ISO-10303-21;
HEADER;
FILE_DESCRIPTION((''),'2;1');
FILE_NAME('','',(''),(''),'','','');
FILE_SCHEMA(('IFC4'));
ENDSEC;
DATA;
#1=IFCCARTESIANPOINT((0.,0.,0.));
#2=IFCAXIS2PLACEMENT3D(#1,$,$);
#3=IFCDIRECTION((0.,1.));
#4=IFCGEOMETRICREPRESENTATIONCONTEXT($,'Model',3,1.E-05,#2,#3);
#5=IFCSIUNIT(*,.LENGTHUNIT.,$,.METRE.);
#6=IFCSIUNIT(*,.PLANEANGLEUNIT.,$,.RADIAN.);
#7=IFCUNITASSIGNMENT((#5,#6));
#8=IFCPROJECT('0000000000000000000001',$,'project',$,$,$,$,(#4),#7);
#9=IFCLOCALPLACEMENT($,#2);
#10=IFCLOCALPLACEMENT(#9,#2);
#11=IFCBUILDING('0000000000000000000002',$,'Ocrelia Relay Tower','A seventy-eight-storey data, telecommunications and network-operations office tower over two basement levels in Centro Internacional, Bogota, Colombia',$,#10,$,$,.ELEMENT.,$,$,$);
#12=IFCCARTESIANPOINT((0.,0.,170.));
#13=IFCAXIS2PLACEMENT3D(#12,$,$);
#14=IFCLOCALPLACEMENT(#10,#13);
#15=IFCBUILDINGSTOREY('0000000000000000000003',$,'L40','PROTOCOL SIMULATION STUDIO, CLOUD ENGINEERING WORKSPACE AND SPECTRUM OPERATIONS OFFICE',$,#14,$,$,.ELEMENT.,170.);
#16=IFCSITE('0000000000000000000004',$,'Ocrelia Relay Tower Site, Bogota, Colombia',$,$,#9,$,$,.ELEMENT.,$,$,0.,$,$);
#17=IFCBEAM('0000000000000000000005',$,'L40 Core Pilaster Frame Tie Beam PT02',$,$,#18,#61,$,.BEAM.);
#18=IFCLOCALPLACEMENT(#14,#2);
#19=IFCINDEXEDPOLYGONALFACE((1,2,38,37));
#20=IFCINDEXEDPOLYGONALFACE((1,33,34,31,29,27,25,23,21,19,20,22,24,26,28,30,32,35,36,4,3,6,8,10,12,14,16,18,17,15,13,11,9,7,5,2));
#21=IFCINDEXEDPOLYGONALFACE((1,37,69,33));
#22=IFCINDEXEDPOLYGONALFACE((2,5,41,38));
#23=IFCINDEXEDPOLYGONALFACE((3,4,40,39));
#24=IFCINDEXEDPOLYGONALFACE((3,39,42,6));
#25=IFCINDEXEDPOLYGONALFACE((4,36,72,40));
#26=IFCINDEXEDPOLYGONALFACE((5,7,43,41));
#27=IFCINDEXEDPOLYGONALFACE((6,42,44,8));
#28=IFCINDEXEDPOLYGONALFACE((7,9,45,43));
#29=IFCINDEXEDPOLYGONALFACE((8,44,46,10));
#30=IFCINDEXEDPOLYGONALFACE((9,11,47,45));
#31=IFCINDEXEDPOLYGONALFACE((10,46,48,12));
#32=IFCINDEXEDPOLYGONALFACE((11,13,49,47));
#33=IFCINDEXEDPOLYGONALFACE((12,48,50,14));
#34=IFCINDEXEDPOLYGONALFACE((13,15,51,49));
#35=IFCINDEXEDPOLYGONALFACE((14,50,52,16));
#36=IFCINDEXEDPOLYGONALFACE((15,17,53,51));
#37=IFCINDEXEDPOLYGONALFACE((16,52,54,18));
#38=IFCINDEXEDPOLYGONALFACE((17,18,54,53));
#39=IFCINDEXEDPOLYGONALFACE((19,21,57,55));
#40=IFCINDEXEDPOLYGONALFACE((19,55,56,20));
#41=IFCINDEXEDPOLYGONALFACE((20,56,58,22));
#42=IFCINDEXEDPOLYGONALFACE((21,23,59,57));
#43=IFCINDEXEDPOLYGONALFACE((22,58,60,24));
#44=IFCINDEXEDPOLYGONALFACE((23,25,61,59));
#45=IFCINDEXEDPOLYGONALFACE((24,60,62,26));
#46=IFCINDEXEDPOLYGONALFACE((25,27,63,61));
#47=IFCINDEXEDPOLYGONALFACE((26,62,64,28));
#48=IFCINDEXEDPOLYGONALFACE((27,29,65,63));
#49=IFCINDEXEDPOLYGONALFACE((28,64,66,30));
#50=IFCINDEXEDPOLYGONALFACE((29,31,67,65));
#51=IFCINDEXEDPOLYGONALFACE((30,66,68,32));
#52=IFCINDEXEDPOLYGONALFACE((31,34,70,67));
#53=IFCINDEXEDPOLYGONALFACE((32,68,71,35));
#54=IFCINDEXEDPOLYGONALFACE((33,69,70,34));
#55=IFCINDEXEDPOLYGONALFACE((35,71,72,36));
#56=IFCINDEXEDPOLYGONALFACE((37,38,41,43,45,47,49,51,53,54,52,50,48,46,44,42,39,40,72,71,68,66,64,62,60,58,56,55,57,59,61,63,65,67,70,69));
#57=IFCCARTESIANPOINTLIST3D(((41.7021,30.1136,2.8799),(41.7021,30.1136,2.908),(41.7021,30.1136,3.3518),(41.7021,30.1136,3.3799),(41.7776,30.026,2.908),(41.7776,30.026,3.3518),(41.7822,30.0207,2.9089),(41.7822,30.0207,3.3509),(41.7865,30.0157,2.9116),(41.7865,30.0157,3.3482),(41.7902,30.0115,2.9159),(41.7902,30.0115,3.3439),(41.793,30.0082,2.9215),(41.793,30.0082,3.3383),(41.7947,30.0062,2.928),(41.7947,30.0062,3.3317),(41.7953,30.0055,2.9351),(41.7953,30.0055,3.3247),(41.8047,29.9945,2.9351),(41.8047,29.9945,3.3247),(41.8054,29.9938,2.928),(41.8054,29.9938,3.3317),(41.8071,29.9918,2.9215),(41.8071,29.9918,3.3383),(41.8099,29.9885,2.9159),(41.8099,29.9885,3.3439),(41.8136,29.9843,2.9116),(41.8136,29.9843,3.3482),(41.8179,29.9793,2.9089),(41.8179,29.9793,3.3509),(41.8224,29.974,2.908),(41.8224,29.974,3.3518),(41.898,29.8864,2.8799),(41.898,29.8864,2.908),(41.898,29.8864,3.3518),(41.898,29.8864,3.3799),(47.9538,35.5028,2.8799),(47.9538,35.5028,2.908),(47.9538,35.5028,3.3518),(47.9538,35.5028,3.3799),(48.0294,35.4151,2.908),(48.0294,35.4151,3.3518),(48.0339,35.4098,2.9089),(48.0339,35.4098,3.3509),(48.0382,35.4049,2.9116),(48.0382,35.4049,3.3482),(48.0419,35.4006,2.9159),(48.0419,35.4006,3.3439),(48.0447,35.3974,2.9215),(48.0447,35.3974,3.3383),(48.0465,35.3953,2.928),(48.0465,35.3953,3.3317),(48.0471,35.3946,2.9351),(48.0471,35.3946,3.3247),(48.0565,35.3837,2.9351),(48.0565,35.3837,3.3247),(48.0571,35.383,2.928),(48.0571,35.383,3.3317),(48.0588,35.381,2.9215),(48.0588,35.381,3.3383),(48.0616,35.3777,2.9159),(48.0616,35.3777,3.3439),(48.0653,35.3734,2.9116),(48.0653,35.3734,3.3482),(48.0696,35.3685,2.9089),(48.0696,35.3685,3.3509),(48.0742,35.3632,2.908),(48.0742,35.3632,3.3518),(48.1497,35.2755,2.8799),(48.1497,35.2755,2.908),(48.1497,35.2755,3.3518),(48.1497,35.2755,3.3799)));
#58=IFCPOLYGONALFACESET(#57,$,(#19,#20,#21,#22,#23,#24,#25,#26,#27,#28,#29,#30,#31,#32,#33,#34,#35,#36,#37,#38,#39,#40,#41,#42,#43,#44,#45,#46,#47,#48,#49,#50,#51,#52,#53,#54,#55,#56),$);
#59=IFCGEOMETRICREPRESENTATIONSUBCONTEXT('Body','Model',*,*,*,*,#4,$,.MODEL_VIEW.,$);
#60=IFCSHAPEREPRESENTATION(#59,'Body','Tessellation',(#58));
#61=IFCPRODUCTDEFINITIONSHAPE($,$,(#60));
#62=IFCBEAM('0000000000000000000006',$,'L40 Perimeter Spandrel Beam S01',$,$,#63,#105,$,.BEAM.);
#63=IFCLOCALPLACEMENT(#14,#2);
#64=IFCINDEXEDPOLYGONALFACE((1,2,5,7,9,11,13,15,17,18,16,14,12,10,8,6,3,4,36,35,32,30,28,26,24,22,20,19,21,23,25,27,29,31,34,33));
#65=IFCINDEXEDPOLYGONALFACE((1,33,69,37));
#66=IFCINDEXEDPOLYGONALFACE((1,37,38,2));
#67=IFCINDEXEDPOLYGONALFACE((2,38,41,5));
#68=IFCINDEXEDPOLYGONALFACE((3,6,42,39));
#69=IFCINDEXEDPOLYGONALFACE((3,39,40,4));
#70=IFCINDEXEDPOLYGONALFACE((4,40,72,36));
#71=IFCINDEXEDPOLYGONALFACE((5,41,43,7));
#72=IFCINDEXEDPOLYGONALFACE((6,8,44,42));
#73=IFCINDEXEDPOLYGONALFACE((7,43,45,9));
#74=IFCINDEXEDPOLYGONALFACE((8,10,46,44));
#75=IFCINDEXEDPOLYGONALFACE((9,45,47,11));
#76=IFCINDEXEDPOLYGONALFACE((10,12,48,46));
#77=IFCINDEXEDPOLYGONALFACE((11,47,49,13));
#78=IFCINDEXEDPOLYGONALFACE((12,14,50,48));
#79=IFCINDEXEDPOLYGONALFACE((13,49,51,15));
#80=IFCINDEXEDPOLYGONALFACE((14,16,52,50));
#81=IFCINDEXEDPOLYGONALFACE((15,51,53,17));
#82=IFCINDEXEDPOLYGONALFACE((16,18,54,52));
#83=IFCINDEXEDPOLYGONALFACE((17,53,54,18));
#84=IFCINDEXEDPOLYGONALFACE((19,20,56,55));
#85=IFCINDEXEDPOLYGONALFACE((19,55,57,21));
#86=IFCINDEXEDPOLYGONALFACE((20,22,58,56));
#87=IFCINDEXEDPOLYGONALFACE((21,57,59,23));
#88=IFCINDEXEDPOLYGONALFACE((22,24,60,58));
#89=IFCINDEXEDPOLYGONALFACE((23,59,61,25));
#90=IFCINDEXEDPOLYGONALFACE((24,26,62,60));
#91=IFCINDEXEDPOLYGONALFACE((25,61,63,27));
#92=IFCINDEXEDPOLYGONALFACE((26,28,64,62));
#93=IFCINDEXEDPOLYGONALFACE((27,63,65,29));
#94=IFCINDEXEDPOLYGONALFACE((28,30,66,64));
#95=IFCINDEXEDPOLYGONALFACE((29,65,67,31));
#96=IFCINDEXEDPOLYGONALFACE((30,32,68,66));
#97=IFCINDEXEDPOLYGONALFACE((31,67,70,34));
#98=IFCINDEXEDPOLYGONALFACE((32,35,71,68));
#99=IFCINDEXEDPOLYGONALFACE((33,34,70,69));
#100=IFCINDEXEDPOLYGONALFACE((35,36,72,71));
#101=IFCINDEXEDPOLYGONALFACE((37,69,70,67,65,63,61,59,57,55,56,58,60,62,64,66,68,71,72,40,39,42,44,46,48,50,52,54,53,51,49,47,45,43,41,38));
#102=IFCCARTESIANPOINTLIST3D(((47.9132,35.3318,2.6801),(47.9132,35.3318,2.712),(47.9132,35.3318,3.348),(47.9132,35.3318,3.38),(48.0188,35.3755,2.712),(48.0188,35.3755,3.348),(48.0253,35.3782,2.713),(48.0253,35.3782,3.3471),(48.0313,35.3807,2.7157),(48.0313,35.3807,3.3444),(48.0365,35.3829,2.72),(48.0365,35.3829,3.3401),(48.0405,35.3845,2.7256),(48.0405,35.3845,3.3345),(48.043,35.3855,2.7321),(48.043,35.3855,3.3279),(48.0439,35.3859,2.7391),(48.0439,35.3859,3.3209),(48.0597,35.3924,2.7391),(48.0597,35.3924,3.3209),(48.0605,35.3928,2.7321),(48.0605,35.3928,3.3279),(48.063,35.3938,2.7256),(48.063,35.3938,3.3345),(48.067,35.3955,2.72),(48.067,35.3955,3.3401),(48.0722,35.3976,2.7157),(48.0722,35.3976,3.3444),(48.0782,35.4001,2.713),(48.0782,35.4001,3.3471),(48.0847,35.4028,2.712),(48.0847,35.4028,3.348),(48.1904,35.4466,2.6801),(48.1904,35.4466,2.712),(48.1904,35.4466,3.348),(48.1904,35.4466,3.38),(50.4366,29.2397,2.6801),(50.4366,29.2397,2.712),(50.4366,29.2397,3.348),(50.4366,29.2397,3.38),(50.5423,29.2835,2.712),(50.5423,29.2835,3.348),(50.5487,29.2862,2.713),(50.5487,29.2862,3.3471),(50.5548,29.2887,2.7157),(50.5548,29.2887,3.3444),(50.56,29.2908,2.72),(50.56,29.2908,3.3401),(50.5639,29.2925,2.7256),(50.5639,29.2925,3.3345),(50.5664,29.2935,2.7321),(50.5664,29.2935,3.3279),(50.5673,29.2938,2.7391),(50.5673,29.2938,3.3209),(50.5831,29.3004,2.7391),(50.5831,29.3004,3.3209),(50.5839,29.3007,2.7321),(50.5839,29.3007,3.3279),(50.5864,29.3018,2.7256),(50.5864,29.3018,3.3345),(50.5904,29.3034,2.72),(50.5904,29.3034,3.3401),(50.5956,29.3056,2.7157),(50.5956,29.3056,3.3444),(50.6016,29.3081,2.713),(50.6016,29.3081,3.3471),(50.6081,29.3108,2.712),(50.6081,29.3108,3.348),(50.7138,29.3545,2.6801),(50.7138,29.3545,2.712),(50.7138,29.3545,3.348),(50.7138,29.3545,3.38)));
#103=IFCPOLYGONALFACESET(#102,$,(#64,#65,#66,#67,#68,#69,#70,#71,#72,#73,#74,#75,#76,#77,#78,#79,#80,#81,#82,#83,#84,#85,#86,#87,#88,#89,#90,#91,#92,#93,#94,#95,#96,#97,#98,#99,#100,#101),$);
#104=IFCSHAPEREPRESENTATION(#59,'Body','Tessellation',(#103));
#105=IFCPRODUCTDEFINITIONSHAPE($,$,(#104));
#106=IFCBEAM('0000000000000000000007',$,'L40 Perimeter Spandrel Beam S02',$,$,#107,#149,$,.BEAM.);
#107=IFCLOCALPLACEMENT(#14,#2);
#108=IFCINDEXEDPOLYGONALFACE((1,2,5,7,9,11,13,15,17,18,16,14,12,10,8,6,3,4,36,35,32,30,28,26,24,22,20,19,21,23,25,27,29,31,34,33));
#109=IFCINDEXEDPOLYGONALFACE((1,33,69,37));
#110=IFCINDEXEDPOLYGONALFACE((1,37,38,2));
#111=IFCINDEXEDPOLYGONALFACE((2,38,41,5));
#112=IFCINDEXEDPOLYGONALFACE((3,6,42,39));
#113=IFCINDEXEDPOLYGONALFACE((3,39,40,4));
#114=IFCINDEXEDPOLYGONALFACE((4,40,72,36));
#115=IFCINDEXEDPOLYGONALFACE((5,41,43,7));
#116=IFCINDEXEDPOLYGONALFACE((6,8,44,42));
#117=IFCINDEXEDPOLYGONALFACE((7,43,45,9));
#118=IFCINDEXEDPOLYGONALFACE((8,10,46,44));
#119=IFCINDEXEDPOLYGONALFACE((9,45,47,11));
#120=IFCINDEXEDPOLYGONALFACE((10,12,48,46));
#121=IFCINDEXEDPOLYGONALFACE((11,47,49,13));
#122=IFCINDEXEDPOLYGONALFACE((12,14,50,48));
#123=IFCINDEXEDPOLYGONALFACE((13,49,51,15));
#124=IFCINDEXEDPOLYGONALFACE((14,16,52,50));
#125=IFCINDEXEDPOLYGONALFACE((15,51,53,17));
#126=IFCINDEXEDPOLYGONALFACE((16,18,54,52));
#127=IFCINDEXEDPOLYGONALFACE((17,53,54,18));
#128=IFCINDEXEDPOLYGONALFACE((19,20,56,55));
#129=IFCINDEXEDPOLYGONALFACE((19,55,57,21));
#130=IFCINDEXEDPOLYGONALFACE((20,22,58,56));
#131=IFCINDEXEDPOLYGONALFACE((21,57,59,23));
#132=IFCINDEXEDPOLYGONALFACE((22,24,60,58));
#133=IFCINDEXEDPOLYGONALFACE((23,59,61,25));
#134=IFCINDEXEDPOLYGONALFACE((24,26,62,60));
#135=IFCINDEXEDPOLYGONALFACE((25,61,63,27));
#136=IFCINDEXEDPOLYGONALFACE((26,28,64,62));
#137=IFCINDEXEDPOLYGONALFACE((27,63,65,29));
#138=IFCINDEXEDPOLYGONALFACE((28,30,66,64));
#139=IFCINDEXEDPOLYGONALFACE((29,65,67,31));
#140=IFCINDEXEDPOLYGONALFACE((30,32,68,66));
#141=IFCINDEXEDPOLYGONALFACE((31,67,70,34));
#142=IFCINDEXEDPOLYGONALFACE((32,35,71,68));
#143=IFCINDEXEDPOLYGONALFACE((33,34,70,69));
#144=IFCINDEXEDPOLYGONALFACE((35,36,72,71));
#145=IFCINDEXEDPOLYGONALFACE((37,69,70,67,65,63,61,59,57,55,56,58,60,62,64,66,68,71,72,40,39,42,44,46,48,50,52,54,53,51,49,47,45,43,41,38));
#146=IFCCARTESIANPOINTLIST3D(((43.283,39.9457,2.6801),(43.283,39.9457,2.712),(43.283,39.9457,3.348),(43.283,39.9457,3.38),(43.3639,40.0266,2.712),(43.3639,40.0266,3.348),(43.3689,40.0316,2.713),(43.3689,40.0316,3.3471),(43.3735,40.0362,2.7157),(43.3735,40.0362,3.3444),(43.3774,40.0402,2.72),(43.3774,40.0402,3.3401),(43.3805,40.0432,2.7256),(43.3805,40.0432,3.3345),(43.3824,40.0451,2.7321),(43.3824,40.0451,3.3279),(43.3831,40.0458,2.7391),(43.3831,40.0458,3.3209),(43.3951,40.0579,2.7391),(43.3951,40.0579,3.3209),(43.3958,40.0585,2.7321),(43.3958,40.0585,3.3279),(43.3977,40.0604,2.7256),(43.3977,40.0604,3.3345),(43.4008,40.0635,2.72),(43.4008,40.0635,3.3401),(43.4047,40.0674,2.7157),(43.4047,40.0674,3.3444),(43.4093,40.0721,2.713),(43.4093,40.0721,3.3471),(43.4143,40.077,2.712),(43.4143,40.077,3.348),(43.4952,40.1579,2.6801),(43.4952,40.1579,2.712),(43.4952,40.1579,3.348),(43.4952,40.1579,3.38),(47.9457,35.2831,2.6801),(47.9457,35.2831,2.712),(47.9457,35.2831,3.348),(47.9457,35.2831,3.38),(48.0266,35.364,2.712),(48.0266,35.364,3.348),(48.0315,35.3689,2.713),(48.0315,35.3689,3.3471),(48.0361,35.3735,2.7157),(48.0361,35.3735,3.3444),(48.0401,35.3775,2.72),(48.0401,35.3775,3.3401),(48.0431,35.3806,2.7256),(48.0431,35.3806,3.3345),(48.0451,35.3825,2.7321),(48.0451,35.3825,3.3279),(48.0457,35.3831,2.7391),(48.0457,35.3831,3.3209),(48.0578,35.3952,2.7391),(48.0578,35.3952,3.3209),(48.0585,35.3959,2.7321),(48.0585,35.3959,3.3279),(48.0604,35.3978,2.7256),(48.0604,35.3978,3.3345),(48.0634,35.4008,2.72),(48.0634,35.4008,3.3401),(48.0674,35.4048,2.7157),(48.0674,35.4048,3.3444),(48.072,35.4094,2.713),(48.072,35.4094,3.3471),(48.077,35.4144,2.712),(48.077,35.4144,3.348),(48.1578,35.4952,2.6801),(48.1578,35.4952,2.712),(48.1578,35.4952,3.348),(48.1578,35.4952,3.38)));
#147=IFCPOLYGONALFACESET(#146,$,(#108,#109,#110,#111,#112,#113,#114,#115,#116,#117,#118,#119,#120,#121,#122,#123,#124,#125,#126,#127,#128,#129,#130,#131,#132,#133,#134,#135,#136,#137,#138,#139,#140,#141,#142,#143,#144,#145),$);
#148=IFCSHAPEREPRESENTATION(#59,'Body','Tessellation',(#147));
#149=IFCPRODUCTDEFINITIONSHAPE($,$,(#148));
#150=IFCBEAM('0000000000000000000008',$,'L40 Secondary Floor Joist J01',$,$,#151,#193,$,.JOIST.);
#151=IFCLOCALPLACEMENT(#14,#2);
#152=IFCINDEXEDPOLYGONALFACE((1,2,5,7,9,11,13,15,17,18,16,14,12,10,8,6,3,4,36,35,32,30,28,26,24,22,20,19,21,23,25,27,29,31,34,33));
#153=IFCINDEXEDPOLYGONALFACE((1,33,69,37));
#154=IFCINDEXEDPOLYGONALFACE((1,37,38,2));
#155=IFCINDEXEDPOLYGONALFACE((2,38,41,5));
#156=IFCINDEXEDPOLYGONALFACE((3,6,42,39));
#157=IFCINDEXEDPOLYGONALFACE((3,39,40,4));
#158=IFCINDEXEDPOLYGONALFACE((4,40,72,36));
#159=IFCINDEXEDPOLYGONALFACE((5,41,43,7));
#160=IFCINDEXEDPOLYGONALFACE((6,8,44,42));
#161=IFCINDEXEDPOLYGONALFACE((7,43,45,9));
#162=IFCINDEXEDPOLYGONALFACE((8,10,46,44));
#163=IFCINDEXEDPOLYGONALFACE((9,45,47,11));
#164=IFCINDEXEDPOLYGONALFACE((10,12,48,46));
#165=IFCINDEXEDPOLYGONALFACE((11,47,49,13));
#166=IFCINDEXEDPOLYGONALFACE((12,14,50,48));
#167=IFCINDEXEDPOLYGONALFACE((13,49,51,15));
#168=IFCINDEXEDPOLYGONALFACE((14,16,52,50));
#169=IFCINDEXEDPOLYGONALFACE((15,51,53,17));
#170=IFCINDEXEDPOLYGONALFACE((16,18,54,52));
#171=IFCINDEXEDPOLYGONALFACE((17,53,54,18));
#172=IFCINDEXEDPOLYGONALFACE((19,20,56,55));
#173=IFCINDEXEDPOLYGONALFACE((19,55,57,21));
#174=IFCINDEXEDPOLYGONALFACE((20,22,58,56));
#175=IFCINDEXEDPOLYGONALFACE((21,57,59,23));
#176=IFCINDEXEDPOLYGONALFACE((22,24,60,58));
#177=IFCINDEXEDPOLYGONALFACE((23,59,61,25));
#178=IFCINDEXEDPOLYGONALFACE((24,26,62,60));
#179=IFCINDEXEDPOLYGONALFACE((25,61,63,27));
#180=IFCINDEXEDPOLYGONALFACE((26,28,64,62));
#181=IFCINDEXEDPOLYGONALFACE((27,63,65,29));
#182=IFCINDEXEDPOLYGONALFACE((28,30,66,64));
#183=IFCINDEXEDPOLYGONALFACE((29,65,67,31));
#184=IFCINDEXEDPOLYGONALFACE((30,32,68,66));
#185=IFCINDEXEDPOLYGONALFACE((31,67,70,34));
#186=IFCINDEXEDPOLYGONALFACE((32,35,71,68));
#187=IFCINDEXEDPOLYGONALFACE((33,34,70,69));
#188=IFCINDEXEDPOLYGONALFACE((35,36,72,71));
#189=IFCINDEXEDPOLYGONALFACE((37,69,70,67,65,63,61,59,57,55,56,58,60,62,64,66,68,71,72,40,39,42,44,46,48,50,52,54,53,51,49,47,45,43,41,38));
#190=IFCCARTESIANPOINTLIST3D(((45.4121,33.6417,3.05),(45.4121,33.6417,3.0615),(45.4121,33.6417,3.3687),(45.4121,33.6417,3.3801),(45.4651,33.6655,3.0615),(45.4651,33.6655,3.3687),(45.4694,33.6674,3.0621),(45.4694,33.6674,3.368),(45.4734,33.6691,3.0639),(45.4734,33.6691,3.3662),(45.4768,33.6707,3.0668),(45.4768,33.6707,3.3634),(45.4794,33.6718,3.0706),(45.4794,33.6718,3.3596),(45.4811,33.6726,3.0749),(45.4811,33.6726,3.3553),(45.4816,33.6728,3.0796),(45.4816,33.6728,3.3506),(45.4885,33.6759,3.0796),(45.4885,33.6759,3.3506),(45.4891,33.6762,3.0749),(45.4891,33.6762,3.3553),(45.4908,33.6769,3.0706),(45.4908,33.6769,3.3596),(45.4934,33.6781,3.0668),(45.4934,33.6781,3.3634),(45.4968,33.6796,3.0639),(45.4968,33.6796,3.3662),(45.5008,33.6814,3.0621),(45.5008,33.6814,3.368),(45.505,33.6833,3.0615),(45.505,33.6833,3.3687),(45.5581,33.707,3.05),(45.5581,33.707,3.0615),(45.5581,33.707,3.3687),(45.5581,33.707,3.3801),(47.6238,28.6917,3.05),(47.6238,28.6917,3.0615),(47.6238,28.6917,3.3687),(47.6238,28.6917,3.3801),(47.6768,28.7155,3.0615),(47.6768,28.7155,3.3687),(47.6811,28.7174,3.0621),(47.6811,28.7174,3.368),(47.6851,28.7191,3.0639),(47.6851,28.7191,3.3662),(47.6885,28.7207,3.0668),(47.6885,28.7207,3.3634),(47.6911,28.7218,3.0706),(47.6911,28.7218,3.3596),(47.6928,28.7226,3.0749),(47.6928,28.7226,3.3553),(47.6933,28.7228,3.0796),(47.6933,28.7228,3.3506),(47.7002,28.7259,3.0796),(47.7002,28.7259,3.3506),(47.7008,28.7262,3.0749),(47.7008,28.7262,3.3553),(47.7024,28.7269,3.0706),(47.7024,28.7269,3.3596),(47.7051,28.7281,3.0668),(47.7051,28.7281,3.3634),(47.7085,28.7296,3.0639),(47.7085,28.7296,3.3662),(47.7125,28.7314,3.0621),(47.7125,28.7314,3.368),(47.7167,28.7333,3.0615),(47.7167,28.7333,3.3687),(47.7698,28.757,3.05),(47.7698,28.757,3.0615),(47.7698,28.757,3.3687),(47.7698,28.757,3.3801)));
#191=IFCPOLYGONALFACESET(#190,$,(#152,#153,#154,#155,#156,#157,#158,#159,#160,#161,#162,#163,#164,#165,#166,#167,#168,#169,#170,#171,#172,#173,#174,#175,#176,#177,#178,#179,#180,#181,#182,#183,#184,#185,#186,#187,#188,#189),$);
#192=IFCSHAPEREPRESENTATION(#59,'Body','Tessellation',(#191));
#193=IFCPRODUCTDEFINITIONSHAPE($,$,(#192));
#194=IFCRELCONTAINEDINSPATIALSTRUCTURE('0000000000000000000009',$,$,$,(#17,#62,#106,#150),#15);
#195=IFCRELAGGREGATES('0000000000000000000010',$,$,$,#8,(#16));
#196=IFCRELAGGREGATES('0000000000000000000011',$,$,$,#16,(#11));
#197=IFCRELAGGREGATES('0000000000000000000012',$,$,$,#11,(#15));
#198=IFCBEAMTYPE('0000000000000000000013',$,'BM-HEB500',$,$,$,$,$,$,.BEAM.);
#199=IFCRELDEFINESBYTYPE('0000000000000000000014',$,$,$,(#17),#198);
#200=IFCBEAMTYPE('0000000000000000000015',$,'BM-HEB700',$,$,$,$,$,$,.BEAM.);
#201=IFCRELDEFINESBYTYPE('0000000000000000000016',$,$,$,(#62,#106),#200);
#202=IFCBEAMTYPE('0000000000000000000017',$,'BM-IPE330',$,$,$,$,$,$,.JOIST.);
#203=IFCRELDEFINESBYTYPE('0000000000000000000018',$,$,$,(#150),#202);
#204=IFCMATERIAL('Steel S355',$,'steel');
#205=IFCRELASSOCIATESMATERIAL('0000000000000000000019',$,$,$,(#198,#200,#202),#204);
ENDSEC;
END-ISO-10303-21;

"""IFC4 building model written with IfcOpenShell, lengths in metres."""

from ifc_helpers import new_model, si_unit, direction, frame, origin, origin_2d, place, context, subcontext, project, spatial, i_section, extrude, material, material_profile, profile_set, type_object, element, save


model = new_model("IFC4")

# Units and contexts
model_context = context("Model", 3, precision=1e-05, world=origin(), true_north=direction((0.0, 1.0)))
body_context = subcontext(model_context, "Body", "Model", "MODEL_VIEW")
ifc_project = project(units=[si_unit("LENGTHUNIT", "METRE"), si_unit("PLANEANGLEUNIT", "RADIAN")], contexts=[model_context])

# Site, building, storey
site_placement = place(None, origin())
site = spatial("IfcSite", under=ifc_project, at=site_placement, Name="Ocrelia Relay Tower Site, Bogota, Colombia", CompositionType="ELEMENT", RefElevation=0.0)
building_placement = place(site_placement, origin())
building = spatial("IfcBuilding", under=site, at=building_placement, Name="Ocrelia Relay Tower", Description="A seventy-eight-storey data, telecommunications and network-operations office tower over two basement levels in Centro Internacional, Bogota, Colombia", CompositionType="ELEMENT")
storey_placement = place(building_placement, frame((0.0, 0.0, 170.0)))
storey = spatial("IfcBuildingStorey", under=building, at=storey_placement, Name="L40", Description="PROTOCOL SIMULATION STUDIO, CLOUD ENGINEERING WORKSPACE AND SPECTRUM OPERATIONS OFFICE", CompositionType="ELEMENT", Elevation=170.0)

# Beams
ifc_material_1 = material(Name="Steel S355", Category="steel")
ifc_material_profile_1 = material_profile(ifc_material_1, i_section(OverallWidth=0.3, OverallDepth=0.5, WebThickness=0.0144, FlangeThickness=0.0281, FilletRadius=0.0271, at=origin_2d()), Name="HEB 500")
ifc_profile_set_1 = profile_set([ifc_material_profile_1], Name="Steel S355")
beam_type_1 = type_object("IfcBeamType", Name="BM-HEB500", PredefinedType="BEAM", material=ifc_profile_set_1)
beam_1_placement = place(storey_placement, frame((48.0518, 35.3892, 3.1299), z_axis=(-0.757425, -0.652923, 0.0), x_axis=(0.652923, -0.757425, 0.0)))
element("IfcBeam", 1, at=beam_1_placement, inside=storey, type_object=beam_type_1, Name="L40 Core Pilaster Frame Tie Beam PT02", PredefinedType="BEAM", context=body_context, shape_type="SweptSolid", body=[
    extrude(i_section(OverallWidth=0.3, OverallDepth=0.5, WebThickness=0.0144, FlangeThickness=0.0281, FilletRadius=0.0271, at=origin_2d()), origin(), (0.0, 0.0, 1.0), 8.2539),
])
ifc_material_profile_2 = material_profile(ifc_material_1, i_section(OverallWidth=0.3, OverallDepth=0.7, WebThickness=0.0171, FlangeThickness=0.032, FilletRadius=0.0271, at=origin_2d()), Name="HEB 700")
ifc_profile_set_2 = profile_set([ifc_material_profile_2], Name="Steel S355")
beam_type_2 = type_object("IfcBeamType", Name="BM-HEB700", PredefinedType="BEAM", material=ifc_profile_set_2)
for number, where, z_axis, x_axis, name in (
    (2, (50.5752, 29.2971, 3.03), (-0.382688, 0.923878, 0.0), (-0.923878, -0.382688, 0.0), "L40 Perimeter Spandrel Beam S01"),
    (3, (48.0518, 35.3892, 3.03), (-0.707107, 0.707107, 0.0), (-0.707107, -0.707107, 0.0), "L40 Perimeter Spandrel Beam S02"),
):
    element("IfcBeam", number, at=place(storey_placement, frame(where, z_axis=z_axis, x_axis=x_axis)), inside=storey, type_object=beam_type_2, Name=name, PredefinedType="BEAM", context=body_context, shape_type="SweptSolid", body=[
        extrude(i_section(OverallWidth=0.3, OverallDepth=0.7, WebThickness=0.0171, FlangeThickness=0.032, FilletRadius=0.0271, at=origin_2d()), origin(), (0.0, 0.0, 1.0), 6.594),
    ])
ifc_material_profile_3 = material_profile(ifc_material_1, i_section(OverallWidth=0.1599, OverallDepth=0.3301, WebThickness=0.0076, FlangeThickness=0.0115, FilletRadius=0.0181, at=origin_2d()), Name="IPE 330")
ifc_profile_set_3 = profile_set([ifc_material_profile_3], Name="Steel S355")
beam_type_3 = type_object("IfcBeamType", Name="BM-IPE330", PredefinedType="JOIST", material=ifc_profile_set_3)
beam_2_placement = place(storey_placement, frame((47.6968, 28.7244, 3.2151), z_axis=(-0.407938, 0.913009, 0.0), x_axis=(-0.913009, -0.407938, 0.0)))
element("IfcBeam", 4, at=beam_2_placement, inside=storey, type_object=beam_type_3, Name="L40 Secondary Floor Joist J01", PredefinedType="JOIST", context=body_context, shape_type="SweptSolid", body=[
    extrude(i_section(OverallWidth=0.1599, OverallDepth=0.3301, WebThickness=0.0076, FlangeThickness=0.0115, FilletRadius=0.0181, at=origin_2d()), origin(), (0.0, 0.0, 1.0), 5.4216),
])

save(model, "model.ifc")
